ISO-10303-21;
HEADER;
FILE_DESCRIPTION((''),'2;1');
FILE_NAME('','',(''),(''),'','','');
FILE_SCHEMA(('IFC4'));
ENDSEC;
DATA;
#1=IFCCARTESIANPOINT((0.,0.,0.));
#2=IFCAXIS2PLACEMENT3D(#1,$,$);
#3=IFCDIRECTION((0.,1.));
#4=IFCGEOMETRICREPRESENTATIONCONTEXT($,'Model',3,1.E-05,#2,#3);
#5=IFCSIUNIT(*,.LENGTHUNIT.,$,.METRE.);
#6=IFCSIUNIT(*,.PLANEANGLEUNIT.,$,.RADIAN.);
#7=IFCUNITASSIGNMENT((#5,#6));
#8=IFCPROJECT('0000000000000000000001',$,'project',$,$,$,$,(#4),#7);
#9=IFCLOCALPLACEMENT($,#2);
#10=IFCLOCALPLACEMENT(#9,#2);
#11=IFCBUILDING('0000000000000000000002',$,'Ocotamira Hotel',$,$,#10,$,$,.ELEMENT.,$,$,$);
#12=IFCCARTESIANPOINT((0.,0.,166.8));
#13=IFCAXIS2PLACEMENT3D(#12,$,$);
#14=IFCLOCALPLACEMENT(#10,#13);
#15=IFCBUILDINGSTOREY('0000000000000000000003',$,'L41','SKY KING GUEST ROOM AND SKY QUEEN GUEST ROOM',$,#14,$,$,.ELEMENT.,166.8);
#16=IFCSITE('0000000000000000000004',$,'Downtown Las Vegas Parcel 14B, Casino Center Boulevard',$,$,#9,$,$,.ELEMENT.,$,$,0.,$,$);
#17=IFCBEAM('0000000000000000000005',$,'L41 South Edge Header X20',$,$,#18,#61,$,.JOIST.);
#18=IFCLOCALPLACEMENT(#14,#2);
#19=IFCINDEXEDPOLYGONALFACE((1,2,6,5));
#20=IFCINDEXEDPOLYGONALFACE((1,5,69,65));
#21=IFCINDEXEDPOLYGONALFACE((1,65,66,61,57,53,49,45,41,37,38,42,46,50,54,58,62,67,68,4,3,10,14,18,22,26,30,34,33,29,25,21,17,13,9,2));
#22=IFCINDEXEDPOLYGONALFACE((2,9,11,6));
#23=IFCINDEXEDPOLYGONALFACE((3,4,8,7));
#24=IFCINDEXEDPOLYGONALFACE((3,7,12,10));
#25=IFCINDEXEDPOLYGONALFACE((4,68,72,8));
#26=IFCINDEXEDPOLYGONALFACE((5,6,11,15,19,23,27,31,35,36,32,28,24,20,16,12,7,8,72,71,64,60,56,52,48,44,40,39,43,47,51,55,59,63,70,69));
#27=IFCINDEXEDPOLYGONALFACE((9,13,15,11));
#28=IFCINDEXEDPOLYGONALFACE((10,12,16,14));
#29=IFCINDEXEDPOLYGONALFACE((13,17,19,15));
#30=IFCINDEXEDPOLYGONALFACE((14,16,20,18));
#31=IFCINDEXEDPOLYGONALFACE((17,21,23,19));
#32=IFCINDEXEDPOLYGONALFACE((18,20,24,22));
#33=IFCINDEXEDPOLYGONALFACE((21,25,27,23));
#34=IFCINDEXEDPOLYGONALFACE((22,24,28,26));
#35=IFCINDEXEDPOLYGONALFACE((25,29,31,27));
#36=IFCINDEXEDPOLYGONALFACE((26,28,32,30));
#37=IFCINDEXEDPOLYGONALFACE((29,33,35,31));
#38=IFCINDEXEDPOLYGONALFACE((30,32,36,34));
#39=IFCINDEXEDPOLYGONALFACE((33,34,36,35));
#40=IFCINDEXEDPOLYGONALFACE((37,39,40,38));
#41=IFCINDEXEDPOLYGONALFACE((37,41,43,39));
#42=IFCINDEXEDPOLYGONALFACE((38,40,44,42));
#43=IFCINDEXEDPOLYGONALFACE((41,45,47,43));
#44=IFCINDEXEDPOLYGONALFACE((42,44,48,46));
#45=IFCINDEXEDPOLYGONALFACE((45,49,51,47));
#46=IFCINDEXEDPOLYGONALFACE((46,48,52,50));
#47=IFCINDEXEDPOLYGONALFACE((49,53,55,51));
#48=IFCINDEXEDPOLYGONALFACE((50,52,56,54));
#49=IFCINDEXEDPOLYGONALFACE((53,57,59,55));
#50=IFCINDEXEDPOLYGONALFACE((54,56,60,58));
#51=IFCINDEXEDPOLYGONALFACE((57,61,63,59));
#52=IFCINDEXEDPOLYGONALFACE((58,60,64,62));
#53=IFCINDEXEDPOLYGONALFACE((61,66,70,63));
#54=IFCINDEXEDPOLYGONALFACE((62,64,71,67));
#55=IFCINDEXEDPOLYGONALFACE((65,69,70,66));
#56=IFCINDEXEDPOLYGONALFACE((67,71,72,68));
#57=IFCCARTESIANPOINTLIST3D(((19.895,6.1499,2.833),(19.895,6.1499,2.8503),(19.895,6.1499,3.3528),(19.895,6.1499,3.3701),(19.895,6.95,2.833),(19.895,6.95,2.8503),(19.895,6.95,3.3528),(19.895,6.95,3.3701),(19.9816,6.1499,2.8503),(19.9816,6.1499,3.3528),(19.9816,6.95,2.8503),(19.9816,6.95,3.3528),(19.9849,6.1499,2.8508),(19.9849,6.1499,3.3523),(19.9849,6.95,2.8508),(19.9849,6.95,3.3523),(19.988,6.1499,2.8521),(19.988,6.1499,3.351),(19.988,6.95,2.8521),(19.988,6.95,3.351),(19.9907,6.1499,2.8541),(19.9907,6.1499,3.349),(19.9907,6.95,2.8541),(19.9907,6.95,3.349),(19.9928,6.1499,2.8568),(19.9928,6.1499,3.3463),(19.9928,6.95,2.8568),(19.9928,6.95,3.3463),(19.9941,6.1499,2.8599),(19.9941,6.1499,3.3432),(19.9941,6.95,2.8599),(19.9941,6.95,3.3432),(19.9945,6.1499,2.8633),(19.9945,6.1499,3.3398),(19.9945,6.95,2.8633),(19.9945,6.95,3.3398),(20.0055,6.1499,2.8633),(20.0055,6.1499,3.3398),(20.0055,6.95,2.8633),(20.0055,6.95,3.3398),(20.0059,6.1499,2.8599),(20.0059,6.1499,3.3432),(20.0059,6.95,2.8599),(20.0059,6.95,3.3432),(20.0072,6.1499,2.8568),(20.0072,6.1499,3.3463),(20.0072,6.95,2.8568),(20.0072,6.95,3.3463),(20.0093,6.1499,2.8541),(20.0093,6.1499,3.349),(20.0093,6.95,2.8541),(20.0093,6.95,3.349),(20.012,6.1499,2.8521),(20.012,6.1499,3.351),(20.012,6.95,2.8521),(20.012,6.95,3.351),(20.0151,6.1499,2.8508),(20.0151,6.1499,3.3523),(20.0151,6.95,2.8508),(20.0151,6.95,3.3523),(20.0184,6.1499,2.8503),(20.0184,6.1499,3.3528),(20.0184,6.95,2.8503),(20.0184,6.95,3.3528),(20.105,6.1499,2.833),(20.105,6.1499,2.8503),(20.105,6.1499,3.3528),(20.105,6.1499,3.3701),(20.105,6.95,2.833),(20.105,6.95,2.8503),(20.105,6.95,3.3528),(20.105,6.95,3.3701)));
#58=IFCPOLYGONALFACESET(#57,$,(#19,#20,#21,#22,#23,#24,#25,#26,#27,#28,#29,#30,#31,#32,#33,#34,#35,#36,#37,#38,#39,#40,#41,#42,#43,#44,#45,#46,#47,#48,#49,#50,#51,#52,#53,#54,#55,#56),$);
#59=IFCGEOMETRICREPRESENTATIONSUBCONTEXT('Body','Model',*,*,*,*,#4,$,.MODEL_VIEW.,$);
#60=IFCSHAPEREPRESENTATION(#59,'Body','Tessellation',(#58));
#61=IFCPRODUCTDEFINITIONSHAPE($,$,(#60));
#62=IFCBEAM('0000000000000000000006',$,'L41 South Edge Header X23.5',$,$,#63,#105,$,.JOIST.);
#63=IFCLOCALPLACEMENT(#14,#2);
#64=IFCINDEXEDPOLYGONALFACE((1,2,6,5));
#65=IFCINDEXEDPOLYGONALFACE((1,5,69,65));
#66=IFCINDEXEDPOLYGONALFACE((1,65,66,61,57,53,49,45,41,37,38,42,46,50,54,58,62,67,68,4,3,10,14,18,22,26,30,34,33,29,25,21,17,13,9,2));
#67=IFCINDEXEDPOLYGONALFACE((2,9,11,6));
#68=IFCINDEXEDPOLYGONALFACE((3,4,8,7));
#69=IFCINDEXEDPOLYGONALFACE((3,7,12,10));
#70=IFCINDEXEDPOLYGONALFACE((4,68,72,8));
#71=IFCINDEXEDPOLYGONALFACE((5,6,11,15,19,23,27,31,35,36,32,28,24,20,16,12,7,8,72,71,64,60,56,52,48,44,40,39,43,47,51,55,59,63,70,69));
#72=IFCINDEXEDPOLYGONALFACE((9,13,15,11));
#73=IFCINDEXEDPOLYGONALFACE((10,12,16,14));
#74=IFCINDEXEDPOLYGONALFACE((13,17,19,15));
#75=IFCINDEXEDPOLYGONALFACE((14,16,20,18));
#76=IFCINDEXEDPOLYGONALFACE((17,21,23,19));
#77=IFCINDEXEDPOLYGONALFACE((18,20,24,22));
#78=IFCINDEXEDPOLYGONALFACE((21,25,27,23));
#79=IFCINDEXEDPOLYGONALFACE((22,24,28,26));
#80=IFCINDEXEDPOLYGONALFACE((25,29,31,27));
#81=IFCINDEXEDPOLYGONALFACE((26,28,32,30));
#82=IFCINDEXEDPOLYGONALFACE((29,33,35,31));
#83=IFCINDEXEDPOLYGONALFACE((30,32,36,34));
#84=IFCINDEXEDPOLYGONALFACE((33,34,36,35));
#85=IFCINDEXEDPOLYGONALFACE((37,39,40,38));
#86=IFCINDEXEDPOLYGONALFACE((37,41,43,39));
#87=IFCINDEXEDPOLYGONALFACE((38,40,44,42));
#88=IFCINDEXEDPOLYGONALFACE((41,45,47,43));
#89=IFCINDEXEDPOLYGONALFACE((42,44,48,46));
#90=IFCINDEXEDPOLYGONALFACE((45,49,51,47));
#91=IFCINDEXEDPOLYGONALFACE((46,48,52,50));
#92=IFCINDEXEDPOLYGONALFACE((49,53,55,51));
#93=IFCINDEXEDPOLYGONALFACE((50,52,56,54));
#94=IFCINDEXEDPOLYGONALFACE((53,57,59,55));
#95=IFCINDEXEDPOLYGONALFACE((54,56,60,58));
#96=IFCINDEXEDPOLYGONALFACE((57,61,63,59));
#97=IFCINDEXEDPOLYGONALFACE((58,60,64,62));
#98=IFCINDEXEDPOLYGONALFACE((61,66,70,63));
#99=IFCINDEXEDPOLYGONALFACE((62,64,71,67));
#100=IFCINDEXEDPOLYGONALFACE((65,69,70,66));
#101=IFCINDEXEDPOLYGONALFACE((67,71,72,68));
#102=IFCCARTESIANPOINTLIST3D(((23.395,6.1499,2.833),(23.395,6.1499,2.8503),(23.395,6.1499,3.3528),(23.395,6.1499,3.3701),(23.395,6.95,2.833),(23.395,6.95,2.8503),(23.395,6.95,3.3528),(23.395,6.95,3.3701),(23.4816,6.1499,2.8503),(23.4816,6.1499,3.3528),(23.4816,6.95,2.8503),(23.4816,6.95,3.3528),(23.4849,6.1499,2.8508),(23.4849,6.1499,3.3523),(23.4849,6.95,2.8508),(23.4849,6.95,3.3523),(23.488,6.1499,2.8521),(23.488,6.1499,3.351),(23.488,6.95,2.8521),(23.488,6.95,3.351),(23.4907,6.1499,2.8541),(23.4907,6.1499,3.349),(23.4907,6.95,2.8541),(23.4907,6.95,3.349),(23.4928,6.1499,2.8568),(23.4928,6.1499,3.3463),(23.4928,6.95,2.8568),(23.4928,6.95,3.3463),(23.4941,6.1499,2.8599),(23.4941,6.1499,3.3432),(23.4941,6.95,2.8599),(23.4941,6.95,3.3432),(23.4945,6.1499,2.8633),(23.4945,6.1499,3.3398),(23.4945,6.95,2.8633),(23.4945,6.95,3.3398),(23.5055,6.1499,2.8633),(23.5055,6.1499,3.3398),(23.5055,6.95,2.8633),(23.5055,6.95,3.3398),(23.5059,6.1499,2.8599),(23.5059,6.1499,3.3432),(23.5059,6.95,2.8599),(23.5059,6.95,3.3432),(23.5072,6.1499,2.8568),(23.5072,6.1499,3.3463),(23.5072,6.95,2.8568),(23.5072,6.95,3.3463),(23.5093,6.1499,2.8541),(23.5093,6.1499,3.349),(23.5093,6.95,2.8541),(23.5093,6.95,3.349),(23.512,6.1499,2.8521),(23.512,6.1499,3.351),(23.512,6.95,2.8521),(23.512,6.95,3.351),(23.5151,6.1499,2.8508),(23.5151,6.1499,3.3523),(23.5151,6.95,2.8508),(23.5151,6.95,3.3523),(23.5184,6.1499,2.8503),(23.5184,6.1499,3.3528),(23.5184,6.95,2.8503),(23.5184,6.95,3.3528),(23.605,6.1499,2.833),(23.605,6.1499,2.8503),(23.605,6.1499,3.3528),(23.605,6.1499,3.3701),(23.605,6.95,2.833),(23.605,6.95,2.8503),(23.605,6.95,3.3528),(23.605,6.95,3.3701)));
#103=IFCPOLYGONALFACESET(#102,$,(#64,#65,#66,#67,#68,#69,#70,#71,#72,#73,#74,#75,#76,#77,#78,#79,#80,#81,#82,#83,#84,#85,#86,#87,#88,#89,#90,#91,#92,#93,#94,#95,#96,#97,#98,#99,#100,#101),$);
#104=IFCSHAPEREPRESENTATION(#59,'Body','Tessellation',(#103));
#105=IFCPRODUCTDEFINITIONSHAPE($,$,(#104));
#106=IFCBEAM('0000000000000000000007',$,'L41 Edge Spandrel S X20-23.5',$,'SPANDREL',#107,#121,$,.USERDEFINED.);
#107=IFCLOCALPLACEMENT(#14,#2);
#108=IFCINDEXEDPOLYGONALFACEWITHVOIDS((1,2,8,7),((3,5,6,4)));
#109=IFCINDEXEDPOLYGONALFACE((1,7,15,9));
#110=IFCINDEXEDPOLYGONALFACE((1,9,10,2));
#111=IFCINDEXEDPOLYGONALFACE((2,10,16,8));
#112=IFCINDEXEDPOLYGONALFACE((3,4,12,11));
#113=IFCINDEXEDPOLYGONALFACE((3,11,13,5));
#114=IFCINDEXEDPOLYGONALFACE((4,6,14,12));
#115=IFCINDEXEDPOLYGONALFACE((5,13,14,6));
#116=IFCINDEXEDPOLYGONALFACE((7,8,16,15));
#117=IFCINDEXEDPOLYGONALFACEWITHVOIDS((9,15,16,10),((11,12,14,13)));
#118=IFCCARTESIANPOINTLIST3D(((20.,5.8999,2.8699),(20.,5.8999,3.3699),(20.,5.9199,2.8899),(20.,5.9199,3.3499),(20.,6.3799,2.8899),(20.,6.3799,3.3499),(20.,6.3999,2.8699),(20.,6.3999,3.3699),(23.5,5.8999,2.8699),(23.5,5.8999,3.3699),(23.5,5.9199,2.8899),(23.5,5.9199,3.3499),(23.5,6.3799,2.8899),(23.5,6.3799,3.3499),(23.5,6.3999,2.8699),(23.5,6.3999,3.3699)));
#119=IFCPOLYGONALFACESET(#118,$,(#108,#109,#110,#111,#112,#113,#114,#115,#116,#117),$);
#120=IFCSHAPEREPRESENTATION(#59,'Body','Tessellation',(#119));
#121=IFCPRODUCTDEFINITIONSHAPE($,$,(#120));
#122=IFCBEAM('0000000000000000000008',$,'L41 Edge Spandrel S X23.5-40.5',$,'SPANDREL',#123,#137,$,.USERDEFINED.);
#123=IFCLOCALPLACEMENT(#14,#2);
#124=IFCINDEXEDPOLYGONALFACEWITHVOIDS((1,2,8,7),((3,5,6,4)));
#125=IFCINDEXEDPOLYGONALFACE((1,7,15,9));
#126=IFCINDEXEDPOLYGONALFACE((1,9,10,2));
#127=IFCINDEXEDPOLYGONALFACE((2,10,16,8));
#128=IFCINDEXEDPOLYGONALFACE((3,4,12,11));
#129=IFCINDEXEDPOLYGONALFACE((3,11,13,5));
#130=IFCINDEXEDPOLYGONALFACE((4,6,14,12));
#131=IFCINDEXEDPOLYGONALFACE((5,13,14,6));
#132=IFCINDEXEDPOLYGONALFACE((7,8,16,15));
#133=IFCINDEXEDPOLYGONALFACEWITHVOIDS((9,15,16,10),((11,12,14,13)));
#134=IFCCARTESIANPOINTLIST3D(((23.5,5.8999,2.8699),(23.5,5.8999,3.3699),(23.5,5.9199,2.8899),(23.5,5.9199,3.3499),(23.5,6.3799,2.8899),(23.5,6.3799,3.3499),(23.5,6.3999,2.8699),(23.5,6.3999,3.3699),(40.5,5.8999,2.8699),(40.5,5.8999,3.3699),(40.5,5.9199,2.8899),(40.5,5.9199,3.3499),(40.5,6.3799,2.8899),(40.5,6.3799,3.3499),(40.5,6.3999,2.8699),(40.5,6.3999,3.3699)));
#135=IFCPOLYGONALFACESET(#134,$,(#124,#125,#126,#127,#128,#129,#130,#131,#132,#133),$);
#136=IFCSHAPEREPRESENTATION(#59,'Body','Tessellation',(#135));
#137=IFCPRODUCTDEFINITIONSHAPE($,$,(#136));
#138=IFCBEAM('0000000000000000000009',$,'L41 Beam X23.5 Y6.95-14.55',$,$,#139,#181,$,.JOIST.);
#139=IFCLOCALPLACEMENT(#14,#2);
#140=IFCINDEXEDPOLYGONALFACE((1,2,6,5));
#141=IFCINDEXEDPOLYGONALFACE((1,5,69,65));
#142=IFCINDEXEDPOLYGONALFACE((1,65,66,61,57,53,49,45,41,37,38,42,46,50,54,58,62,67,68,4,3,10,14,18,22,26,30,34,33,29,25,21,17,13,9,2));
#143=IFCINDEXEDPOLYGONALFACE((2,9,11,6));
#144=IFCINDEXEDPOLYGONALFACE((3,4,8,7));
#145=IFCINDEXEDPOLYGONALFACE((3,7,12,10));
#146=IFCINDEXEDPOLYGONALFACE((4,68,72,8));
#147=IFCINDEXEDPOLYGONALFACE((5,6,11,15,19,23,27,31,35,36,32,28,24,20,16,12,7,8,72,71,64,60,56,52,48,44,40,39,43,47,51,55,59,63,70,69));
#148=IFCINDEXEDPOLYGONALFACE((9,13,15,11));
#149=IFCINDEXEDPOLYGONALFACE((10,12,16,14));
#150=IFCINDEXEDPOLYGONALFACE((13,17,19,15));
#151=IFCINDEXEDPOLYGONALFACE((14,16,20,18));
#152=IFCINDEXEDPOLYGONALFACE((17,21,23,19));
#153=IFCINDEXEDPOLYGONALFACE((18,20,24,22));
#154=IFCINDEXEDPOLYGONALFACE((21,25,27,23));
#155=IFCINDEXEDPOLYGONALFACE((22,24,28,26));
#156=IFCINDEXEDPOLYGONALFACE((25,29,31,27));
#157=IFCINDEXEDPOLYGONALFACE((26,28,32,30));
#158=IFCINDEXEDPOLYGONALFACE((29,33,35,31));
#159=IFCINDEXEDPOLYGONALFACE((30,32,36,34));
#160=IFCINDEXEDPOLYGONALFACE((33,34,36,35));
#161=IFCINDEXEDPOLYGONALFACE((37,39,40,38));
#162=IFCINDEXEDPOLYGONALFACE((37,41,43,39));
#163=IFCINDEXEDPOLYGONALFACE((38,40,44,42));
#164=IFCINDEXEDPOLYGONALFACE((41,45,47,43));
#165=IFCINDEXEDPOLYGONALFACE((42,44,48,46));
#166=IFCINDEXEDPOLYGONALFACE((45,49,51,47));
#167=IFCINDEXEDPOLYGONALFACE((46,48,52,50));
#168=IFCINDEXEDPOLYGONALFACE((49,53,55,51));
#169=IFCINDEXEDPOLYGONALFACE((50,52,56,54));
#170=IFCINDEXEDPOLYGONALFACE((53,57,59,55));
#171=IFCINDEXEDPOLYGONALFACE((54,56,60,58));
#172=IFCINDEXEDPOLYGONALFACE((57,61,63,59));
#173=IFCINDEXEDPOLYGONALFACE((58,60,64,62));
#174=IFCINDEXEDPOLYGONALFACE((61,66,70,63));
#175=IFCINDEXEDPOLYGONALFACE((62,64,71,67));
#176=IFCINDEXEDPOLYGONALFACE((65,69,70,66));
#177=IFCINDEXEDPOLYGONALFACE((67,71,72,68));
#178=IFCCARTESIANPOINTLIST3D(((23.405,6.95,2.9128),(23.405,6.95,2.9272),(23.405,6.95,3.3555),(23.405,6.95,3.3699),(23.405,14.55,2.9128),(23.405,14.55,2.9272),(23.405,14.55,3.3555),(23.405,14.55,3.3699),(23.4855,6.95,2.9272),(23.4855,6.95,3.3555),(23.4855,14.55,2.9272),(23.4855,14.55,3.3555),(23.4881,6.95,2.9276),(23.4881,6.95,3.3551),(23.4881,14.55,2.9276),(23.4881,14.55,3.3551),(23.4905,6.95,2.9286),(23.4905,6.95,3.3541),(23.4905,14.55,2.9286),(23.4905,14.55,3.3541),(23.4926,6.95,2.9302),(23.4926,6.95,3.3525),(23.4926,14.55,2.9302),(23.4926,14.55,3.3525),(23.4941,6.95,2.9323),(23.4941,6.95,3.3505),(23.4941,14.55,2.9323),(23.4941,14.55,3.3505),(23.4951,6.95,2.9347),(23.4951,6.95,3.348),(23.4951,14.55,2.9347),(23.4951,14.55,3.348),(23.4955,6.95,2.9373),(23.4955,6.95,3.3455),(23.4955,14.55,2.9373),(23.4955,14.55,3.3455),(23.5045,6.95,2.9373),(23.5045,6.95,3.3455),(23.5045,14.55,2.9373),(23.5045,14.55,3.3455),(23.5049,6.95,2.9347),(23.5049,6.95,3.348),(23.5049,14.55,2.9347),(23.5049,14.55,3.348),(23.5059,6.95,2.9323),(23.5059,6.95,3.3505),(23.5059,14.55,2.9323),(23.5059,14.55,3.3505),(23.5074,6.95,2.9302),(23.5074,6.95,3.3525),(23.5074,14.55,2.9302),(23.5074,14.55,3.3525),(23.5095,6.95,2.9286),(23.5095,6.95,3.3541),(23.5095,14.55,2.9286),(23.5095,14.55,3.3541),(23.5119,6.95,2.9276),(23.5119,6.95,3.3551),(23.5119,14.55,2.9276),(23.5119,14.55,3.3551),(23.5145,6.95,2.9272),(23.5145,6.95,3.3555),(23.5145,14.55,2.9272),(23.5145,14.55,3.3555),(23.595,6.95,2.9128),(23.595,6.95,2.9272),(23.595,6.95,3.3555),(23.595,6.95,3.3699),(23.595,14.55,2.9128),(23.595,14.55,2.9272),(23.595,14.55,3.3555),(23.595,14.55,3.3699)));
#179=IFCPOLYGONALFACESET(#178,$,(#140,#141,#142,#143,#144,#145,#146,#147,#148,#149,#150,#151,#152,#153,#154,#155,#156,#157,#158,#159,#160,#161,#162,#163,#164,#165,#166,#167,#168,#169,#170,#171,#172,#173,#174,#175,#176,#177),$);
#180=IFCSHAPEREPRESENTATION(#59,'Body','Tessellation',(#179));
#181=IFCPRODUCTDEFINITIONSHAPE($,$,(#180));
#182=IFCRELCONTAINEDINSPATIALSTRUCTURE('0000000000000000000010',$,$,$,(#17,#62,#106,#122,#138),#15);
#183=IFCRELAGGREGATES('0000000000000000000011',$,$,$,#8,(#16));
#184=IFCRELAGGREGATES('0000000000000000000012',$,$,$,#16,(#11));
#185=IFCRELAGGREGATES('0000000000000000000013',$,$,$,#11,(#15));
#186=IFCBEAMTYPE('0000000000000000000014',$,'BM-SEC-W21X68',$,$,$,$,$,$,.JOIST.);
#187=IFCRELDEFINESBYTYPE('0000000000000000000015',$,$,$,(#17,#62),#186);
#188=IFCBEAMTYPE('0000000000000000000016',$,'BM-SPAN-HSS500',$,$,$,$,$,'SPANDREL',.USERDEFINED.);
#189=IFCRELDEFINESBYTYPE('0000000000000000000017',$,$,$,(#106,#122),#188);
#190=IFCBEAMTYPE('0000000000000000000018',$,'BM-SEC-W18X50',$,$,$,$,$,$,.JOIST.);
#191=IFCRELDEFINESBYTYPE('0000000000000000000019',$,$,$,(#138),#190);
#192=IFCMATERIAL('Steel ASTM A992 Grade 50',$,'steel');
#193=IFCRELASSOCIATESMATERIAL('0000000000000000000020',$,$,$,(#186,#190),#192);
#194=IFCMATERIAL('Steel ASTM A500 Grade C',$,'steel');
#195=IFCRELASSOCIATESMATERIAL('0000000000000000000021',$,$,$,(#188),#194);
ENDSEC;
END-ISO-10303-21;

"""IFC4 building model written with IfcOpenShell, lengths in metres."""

from ifc_helpers import new_model, si_unit, direction, frame, origin, origin_2d, place, context, subcontext, project, spatial, hollow_rectangle, i_section, extrude, source, transform, mapped, material, material_profile, profile_set, type_object, element, save


model = new_model("IFC4")

# Units and contexts
model_context = context("Model", 3, precision=1e-05, world=origin(), true_north=direction((0.0, 1.0)))
body_context = subcontext(model_context, "Body", "Model", "MODEL_VIEW")
ifc_project = project(units=[si_unit("LENGTHUNIT", "METRE"), si_unit("PLANEANGLEUNIT", "RADIAN")], contexts=[model_context])

# Site, building, storey
site_placement = place(None, origin())
site = spatial("IfcSite", under=ifc_project, at=site_placement, Name="Downtown Las Vegas Parcel 14B, Casino Center Boulevard", CompositionType="ELEMENT", RefElevation=0.0)
building_placement = place(site_placement, origin())
building = spatial("IfcBuilding", under=site, at=building_placement, Name="Ocotamira Hotel", CompositionType="ELEMENT")
storey_placement = place(building_placement, frame((0.0, 0.0, 166.8)))
storey = spatial("IfcBuildingStorey", under=building, at=storey_placement, Name="L41", Description="SKY KING GUEST ROOM AND SKY QUEEN GUEST ROOM", CompositionType="ELEMENT", Elevation=166.8)

# Beams
ifc_material_1 = material(Name="Steel ASTM A992 Grade 50", Category="steel")
ifc_material_profile_1 = material_profile(ifc_material_1, i_section(OverallWidth=0.21, OverallDepth=0.5371, WebThickness=0.011, FlangeThickness=0.0173, FilletRadius=0.0129, at=origin_2d()), Name="W21X68")
ifc_profile_set_1 = profile_set([ifc_material_profile_1], Name="Steel ASTM A992 Grade 50")
beam_type_1 = type_object("IfcBeamType", Name="BM-SEC-W21X68", PredefinedType="JOIST", material=ifc_profile_set_1)
shared_shape_1 = source(origin(), body_context, "Body", "SweptSolid", [
    extrude(i_section(OverallWidth=0.21, OverallDepth=0.5371, WebThickness=0.011, FlangeThickness=0.0173, FilletRadius=0.0129, at=origin_2d()), origin(), (0.0, 0.0, 1.0), 0.8),
])
for number, where, z_axis, x_axis, name in (
    (1, (20.0, 6.95, 3.1016), (0.0, -1.0, 0.0), (1.0, 0.0, 0.0), "L41 South Edge Header X20"),
    (2, (23.5, 6.95, 3.1016), (0.0, -1.0, 0.0), (1.0, 0.0, 0.0), "L41 South Edge Header X23.5"),
):
    element("IfcBeam", number, at=place(storey_placement, frame(where, z_axis=z_axis, x_axis=x_axis)), inside=storey, type_object=beam_type_1, Name=name, PredefinedType="JOIST", context=body_context, shape_type="MappedRepresentation", body=[
        mapped(shared_shape_1, transform((0.0, 0.0, 0.0), scale=1.0)),
    ])
ifc_material_2 = material(Name="Steel ASTM A500 Grade C", Category="steel")
ifc_material_profile_2 = material_profile(ifc_material_2, hollow_rectangle(XDim=0.5, YDim=0.5, WallThickness=0.02, at=origin_2d()), Name="HSS500X500X20")
ifc_profile_set_2 = profile_set([ifc_material_profile_2], Name="Steel ASTM A500 Grade C")
beam_type_2 = type_object("IfcBeamType", Name="BM-SPAN-HSS500", ElementType="SPANDREL", PredefinedType="USERDEFINED", material=ifc_profile_set_2)
shared_shape_2 = source(origin(), body_context, "Body", "SweptSolid", [
    extrude(hollow_rectangle(XDim=0.5, YDim=0.5, WallThickness=0.02, at=origin_2d()), origin(), (0.0, 0.0, 1.0), 3.5),
])
beam_1_placement = place(storey_placement, frame((20.0, 6.1499, 3.1199), z_axis=(1.0, 0.0, 0.0), x_axis=(0.0, 1.0, 0.0)))
element("IfcBeam", 3, at=beam_1_placement, inside=storey, type_object=beam_type_2, Name="L41 Edge Spandrel S X20-23.5", ObjectType="SPANDREL", PredefinedType="USERDEFINED", context=body_context, shape_type="MappedRepresentation", body=[
    mapped(shared_shape_2, transform((0.0, 0.0, 0.0), scale=1.0)),
])
shared_shape_3 = source(origin(), body_context, "Body", "SweptSolid", [
    extrude(hollow_rectangle(XDim=0.5, YDim=0.5, WallThickness=0.02, at=origin_2d()), origin(), (0.0, 0.0, 1.0), 17.0),
])
beam_2_placement = place(storey_placement, frame((23.5, 6.1499, 3.1199), z_axis=(1.0, 0.0, 0.0), x_axis=(0.0, 1.0, 0.0)))
element("IfcBeam", 4, at=beam_2_placement, inside=storey, type_object=beam_type_2, Name="L41 Edge Spandrel S X23.5-40.5", ObjectType="SPANDREL", PredefinedType="USERDEFINED", context=body_context, shape_type="MappedRepresentation", body=[
    mapped(shared_shape_3, transform((0.0, 0.0, 0.0), scale=1.0)),
])
ifc_material_profile_3 = material_profile(ifc_material_1, i_section(OverallWidth=0.1899, OverallDepth=0.457, WebThickness=0.009, FlangeThickness=0.0144, FilletRadius=0.01, at=origin_2d()), Name="W18X50")
ifc_profile_set_3 = profile_set([ifc_material_profile_3], Name="Steel ASTM A992 Grade 50")
beam_type_3 = type_object("IfcBeamType", Name="BM-SEC-W18X50", PredefinedType="JOIST", material=ifc_profile_set_3)
shared_shape_4 = source(origin(), body_context, "Body", "SweptSolid", [
    extrude(i_section(OverallWidth=0.1899, OverallDepth=0.457, WebThickness=0.009, FlangeThickness=0.0144, FilletRadius=0.01, at=origin_2d()), origin(), (0.0, 0.0, 1.0), 7.6001),
])
beam_3_placement = place(storey_placement, frame((23.5, 6.95, 3.1414), z_axis=(0.0, 1.0, 0.0), x_axis=(-1.0, 0.0, 0.0)))
element("IfcBeam", 5, at=beam_3_placement, inside=storey, type_object=beam_type_3, Name="L41 Beam X23.5 Y6.95-14.55", PredefinedType="JOIST", context=body_context, shape_type="MappedRepresentation", body=[
    mapped(shared_shape_4, transform((0.0, 0.0, 0.0), scale=1.0)),
])

save(model, "model.ifc")
